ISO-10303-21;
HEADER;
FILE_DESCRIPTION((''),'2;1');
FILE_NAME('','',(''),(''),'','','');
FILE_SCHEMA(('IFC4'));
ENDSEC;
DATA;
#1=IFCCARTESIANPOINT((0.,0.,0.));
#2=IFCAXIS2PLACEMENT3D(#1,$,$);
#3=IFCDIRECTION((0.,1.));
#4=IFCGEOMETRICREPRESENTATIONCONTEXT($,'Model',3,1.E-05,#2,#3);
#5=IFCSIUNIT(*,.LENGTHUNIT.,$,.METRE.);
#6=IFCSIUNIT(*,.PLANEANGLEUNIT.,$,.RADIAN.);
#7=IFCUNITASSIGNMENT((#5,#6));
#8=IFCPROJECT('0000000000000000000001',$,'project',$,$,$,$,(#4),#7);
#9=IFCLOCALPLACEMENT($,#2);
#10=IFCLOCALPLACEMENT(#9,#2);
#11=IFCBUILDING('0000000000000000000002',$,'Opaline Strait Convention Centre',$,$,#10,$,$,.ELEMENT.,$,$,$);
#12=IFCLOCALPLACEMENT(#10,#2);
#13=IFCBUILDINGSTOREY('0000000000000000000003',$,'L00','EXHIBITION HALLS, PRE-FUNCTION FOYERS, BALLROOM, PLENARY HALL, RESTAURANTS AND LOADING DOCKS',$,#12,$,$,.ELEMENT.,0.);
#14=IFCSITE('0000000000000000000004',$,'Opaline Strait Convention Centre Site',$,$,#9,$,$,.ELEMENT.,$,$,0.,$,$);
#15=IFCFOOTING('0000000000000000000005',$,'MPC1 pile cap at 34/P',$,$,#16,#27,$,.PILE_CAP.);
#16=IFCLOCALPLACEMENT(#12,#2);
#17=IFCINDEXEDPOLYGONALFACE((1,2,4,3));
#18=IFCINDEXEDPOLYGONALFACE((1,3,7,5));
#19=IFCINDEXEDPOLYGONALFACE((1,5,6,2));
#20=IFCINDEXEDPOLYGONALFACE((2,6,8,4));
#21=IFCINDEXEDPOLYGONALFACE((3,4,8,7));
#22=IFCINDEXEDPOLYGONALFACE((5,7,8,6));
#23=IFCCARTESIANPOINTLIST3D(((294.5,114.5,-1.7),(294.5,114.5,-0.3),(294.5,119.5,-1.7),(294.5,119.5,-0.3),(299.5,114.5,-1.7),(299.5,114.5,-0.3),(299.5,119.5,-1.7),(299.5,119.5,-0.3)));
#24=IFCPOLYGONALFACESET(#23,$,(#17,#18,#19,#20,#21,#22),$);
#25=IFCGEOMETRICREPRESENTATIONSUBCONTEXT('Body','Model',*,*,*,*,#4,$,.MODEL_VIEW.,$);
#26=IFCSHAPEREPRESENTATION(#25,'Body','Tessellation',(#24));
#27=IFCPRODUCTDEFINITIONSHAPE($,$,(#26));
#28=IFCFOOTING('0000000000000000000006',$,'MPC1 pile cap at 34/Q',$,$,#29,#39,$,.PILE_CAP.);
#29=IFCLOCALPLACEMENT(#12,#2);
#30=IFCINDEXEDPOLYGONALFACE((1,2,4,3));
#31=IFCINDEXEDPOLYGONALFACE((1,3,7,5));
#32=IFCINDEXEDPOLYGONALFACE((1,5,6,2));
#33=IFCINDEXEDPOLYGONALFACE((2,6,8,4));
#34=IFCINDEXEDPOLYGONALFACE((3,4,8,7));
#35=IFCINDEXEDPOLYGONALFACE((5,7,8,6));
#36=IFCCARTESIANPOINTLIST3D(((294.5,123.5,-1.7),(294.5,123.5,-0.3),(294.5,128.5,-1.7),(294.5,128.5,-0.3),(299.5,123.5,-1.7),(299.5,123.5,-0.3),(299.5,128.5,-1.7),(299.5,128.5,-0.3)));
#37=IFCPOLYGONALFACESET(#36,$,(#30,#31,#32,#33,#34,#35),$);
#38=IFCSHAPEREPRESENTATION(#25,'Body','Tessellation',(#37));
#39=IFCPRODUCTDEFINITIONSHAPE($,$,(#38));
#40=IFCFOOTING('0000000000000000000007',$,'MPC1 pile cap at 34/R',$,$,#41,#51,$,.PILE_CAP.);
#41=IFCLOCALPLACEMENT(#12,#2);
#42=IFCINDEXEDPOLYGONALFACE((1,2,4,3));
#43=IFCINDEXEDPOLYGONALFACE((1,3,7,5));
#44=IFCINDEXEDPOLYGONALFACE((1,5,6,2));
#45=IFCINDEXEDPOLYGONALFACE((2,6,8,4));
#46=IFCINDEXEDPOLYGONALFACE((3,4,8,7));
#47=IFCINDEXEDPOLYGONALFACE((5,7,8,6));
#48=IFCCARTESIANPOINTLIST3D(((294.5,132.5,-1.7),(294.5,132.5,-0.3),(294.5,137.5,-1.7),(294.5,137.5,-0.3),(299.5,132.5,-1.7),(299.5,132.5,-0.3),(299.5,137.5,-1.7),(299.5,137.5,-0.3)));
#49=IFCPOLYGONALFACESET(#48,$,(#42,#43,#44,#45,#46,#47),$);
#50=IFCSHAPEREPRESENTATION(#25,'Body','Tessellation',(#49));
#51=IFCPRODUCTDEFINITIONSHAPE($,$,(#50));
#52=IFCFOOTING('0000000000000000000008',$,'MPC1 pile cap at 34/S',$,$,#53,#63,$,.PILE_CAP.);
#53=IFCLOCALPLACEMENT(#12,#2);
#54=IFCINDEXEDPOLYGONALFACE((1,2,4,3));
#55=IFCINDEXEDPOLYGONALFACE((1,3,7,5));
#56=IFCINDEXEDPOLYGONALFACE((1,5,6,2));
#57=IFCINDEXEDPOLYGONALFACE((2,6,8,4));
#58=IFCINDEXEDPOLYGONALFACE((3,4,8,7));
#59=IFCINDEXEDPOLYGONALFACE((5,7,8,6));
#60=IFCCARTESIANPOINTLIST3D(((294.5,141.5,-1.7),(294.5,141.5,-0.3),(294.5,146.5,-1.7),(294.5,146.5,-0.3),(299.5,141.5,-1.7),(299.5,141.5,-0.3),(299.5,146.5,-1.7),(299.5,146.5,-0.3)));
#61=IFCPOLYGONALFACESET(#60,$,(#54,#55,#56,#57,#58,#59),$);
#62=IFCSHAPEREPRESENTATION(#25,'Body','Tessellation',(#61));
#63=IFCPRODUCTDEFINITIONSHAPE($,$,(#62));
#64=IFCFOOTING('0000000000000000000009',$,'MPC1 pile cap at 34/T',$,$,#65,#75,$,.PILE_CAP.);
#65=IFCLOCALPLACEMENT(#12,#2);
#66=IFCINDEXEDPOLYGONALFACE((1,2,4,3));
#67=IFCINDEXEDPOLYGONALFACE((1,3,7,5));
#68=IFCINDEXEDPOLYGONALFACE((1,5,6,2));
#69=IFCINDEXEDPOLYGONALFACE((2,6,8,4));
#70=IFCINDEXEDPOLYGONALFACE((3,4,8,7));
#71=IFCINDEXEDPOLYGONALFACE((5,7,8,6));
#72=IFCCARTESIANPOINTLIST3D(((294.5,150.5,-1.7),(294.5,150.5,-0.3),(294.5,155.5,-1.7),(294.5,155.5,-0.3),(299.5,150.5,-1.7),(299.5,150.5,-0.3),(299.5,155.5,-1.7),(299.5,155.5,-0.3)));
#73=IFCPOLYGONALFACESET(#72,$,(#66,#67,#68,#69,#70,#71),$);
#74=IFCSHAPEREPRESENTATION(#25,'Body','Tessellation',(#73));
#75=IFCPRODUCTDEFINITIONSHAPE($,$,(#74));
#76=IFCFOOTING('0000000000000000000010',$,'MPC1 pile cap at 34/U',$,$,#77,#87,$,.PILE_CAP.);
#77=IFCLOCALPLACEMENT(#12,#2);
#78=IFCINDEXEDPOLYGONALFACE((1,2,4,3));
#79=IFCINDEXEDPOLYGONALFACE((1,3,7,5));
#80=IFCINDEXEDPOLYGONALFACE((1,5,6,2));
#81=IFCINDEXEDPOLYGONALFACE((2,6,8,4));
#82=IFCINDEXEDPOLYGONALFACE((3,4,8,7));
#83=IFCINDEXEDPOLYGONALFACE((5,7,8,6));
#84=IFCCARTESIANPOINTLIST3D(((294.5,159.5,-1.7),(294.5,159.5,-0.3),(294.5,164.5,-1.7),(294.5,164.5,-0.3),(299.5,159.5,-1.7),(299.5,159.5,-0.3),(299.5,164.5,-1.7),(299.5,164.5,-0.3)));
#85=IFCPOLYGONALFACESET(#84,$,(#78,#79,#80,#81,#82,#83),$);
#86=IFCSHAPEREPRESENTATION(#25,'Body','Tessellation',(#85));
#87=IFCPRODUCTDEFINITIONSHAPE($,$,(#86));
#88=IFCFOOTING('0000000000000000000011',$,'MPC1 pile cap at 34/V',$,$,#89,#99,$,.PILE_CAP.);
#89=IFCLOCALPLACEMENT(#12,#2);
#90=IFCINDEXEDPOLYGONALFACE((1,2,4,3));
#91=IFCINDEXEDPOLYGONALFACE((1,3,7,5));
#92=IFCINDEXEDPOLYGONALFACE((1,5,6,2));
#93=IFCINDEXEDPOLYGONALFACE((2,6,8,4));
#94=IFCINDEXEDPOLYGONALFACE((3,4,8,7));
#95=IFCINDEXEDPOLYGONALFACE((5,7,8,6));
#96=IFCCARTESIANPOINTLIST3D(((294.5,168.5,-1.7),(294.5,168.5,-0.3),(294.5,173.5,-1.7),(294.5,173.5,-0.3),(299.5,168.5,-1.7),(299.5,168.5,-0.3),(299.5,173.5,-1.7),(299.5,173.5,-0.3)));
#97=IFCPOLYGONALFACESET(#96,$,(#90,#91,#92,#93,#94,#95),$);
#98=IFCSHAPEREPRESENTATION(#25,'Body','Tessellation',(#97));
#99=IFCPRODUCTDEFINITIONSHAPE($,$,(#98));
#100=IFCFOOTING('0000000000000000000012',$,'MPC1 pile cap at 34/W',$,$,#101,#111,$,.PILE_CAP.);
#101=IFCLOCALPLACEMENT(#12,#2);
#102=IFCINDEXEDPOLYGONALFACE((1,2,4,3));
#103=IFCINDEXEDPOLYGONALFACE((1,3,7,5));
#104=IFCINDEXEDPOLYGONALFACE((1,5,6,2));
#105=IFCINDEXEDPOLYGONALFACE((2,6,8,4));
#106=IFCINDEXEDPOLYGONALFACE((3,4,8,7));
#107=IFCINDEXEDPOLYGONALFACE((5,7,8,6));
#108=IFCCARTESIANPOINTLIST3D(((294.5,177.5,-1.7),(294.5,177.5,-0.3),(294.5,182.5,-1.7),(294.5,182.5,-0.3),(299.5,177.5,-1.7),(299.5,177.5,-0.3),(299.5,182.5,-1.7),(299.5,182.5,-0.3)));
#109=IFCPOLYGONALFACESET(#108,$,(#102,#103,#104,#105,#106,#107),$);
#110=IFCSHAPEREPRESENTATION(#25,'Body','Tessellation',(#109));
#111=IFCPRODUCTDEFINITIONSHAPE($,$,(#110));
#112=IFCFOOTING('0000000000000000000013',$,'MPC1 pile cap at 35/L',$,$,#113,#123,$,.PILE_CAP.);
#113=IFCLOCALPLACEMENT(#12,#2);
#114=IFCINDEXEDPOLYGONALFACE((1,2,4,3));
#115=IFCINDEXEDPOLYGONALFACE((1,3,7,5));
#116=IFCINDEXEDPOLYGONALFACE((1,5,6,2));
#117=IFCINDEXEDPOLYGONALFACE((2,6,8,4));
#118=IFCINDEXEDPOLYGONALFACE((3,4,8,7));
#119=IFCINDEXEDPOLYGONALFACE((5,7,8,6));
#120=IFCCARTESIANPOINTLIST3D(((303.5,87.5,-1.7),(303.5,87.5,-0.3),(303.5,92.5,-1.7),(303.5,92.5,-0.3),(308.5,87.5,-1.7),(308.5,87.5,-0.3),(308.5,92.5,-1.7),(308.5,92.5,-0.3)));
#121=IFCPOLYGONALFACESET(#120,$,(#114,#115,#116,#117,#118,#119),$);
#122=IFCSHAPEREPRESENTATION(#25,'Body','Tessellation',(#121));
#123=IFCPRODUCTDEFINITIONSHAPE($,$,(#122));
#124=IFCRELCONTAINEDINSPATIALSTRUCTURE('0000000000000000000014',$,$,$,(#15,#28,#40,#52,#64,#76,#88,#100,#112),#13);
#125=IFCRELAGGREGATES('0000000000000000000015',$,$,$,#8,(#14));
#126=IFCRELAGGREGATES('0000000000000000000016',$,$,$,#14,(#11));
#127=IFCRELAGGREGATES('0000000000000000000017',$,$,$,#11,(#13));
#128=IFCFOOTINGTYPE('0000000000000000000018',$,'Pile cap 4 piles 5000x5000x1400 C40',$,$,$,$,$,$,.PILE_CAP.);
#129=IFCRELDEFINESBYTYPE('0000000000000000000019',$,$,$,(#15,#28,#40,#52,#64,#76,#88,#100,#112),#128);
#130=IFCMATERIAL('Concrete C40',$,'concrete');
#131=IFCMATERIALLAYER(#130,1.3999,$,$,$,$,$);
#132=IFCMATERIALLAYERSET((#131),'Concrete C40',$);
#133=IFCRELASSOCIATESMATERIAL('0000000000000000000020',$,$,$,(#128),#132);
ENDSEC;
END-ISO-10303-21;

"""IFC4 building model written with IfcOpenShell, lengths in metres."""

from ifc_helpers import new_model, si_unit, direction, frame, origin, place, context, subcontext, project, spatial, polyline, outline, extrude, material, layer, layer_set, type_object, element, save


model = new_model("IFC4")

# Units and contexts
model_context = context("Model", 3, precision=1e-05, world=origin(), true_north=direction((0.0, 1.0)))
body_context = subcontext(model_context, "Body", "Model", "MODEL_VIEW")
ifc_project = project(units=[si_unit("LENGTHUNIT", "METRE"), si_unit("PLANEANGLEUNIT", "RADIAN")], contexts=[model_context])

# Site, building, storey
site_placement = place(None, origin())
site = spatial("IfcSite", under=ifc_project, at=site_placement, Name="Opaline Strait Convention Centre Site", CompositionType="ELEMENT", RefElevation=0.0)
building_placement = place(site_placement, origin())
building = spatial("IfcBuilding", under=site, at=building_placement, Name="Opaline Strait Convention Centre", CompositionType="ELEMENT")
storey_placement = place(building_placement, origin())
storey = spatial("IfcBuildingStorey", under=building, at=storey_placement, Name="L00", Description="EXHIBITION HALLS, PRE-FUNCTION FOYERS, BALLROOM, PLENARY HALL, RESTAURANTS AND LOADING DOCKS", CompositionType="ELEMENT", Elevation=0.0)

# Footings
ifc_material = material(Name="Concrete C40", Category="concrete")
ifc_layer = layer(ifc_material, 1.3999)
ifc_layer_set = layer_set([ifc_layer], Name="Concrete C40")
footing_type = type_object("IfcFootingType", Name="Pile cap 4 piles 5000x5000x1400 C40", PredefinedType="PILE_CAP", material=ifc_layer_set)
footing_1_placement = place(storey_placement, frame((0.0, 0.0, -1.7)))
element("IfcFooting", 1, at=footing_1_placement, inside=storey, type_object=footing_type, Name="MPC1 pile cap at 34/P", PredefinedType="PILE_CAP", context=body_context, shape_type="SweptSolid", body=[
    extrude(outline(polyline([(294.5, 114.5), (299.5, 114.5), (299.5, 119.5), (294.5, 119.5), (294.5, 114.5)])), origin(), (0.0, 0.0, 1.0), 1.3999),
])
footing_2_placement = place(storey_placement, frame((0.0, 0.0, -1.7)))
element("IfcFooting", 2, at=footing_2_placement, inside=storey, type_object=footing_type, Name="MPC1 pile cap at 34/Q", PredefinedType="PILE_CAP", context=body_context, shape_type="SweptSolid", body=[
    extrude(outline(polyline([(294.5, 123.5), (299.5, 123.5), (299.5, 128.5), (294.5, 128.5), (294.5, 123.5)])), origin(), (0.0, 0.0, 1.0), 1.3999),
])
footing_3_placement = place(storey_placement, frame((0.0, 0.0, -1.7)))
element("IfcFooting", 3, at=footing_3_placement, inside=storey, type_object=footing_type, Name="MPC1 pile cap at 34/R", PredefinedType="PILE_CAP", context=body_context, shape_type="SweptSolid", body=[
    extrude(outline(polyline([(294.5, 132.5), (299.5, 132.5), (299.5, 137.5), (294.5, 137.5), (294.5, 132.5)])), origin(), (0.0, 0.0, 1.0), 1.3999),
])
footing_4_placement = place(storey_placement, frame((0.0, 0.0, -1.7)))
element("IfcFooting", 4, at=footing_4_placement, inside=storey, type_object=footing_type, Name="MPC1 pile cap at 34/S", PredefinedType="PILE_CAP", context=body_context, shape_type="SweptSolid", body=[
    extrude(outline(polyline([(294.5, 141.5), (299.5, 141.5), (299.5, 146.5), (294.5, 146.5), (294.5, 141.5)])), origin(), (0.0, 0.0, 1.0), 1.3999),
])
footing_5_placement = place(storey_placement, frame((0.0, 0.0, -1.7)))
element("IfcFooting", 5, at=footing_5_placement, inside=storey, type_object=footing_type, Name="MPC1 pile cap at 34/T", PredefinedType="PILE_CAP", context=body_context, shape_type="SweptSolid", body=[
    extrude(outline(polyline([(294.5, 150.5), (299.5, 150.5), (299.5, 155.5), (294.5, 155.5), (294.5, 150.5)])), origin(), (0.0, 0.0, 1.0), 1.3999),
])
footing_6_placement = place(storey_placement, frame((0.0, 0.0, -1.7)))
element("IfcFooting", 6, at=footing_6_placement, inside=storey, type_object=footing_type, Name="MPC1 pile cap at 34/U", PredefinedType="PILE_CAP", context=body_context, shape_type="SweptSolid", body=[
    extrude(outline(polyline([(294.5, 159.5), (299.5, 159.5), (299.5, 164.5), (294.5, 164.5), (294.5, 159.5)])), origin(), (0.0, 0.0, 1.0), 1.3999),
])
footing_7_placement = place(storey_placement, frame((0.0, 0.0, -1.7)))
element("IfcFooting", 7, at=footing_7_placement, inside=storey, type_object=footing_type, Name="MPC1 pile cap at 34/V", PredefinedType="PILE_CAP", context=body_context, shape_type="SweptSolid", body=[
    extrude(outline(polyline([(294.5, 168.5), (299.5, 168.5), (299.5, 173.5), (294.5, 173.5), (294.5, 168.5)])), origin(), (0.0, 0.0, 1.0), 1.3999),
])
footing_8_placement = place(storey_placement, frame((0.0, 0.0, -1.7)))
element("IfcFooting", 8, at=footing_8_placement, inside=storey, type_object=footing_type, Name="MPC1 pile cap at 34/W", PredefinedType="PILE_CAP", context=body_context, shape_type="SweptSolid", body=[
    extrude(outline(polyline([(294.5, 177.5), (299.5, 177.5), (299.5, 182.5), (294.5, 182.5), (294.5, 177.5)])), origin(), (0.0, 0.0, 1.0), 1.3999),
])
footing_9_placement = place(storey_placement, frame((0.0, 0.0, -1.7)))
element("IfcFooting", 9, at=footing_9_placement, inside=storey, type_object=footing_type, Name="MPC1 pile cap at 35/L", PredefinedType="PILE_CAP", context=body_context, shape_type="SweptSolid", body=[
    extrude(outline(polyline([(303.5, 87.5), (308.5, 87.5), (308.5, 92.5), (303.5, 92.5), (303.5, 87.5)])), origin(), (0.0, 0.0, 1.0), 1.3999),
])

save(model, "model.ifc")
